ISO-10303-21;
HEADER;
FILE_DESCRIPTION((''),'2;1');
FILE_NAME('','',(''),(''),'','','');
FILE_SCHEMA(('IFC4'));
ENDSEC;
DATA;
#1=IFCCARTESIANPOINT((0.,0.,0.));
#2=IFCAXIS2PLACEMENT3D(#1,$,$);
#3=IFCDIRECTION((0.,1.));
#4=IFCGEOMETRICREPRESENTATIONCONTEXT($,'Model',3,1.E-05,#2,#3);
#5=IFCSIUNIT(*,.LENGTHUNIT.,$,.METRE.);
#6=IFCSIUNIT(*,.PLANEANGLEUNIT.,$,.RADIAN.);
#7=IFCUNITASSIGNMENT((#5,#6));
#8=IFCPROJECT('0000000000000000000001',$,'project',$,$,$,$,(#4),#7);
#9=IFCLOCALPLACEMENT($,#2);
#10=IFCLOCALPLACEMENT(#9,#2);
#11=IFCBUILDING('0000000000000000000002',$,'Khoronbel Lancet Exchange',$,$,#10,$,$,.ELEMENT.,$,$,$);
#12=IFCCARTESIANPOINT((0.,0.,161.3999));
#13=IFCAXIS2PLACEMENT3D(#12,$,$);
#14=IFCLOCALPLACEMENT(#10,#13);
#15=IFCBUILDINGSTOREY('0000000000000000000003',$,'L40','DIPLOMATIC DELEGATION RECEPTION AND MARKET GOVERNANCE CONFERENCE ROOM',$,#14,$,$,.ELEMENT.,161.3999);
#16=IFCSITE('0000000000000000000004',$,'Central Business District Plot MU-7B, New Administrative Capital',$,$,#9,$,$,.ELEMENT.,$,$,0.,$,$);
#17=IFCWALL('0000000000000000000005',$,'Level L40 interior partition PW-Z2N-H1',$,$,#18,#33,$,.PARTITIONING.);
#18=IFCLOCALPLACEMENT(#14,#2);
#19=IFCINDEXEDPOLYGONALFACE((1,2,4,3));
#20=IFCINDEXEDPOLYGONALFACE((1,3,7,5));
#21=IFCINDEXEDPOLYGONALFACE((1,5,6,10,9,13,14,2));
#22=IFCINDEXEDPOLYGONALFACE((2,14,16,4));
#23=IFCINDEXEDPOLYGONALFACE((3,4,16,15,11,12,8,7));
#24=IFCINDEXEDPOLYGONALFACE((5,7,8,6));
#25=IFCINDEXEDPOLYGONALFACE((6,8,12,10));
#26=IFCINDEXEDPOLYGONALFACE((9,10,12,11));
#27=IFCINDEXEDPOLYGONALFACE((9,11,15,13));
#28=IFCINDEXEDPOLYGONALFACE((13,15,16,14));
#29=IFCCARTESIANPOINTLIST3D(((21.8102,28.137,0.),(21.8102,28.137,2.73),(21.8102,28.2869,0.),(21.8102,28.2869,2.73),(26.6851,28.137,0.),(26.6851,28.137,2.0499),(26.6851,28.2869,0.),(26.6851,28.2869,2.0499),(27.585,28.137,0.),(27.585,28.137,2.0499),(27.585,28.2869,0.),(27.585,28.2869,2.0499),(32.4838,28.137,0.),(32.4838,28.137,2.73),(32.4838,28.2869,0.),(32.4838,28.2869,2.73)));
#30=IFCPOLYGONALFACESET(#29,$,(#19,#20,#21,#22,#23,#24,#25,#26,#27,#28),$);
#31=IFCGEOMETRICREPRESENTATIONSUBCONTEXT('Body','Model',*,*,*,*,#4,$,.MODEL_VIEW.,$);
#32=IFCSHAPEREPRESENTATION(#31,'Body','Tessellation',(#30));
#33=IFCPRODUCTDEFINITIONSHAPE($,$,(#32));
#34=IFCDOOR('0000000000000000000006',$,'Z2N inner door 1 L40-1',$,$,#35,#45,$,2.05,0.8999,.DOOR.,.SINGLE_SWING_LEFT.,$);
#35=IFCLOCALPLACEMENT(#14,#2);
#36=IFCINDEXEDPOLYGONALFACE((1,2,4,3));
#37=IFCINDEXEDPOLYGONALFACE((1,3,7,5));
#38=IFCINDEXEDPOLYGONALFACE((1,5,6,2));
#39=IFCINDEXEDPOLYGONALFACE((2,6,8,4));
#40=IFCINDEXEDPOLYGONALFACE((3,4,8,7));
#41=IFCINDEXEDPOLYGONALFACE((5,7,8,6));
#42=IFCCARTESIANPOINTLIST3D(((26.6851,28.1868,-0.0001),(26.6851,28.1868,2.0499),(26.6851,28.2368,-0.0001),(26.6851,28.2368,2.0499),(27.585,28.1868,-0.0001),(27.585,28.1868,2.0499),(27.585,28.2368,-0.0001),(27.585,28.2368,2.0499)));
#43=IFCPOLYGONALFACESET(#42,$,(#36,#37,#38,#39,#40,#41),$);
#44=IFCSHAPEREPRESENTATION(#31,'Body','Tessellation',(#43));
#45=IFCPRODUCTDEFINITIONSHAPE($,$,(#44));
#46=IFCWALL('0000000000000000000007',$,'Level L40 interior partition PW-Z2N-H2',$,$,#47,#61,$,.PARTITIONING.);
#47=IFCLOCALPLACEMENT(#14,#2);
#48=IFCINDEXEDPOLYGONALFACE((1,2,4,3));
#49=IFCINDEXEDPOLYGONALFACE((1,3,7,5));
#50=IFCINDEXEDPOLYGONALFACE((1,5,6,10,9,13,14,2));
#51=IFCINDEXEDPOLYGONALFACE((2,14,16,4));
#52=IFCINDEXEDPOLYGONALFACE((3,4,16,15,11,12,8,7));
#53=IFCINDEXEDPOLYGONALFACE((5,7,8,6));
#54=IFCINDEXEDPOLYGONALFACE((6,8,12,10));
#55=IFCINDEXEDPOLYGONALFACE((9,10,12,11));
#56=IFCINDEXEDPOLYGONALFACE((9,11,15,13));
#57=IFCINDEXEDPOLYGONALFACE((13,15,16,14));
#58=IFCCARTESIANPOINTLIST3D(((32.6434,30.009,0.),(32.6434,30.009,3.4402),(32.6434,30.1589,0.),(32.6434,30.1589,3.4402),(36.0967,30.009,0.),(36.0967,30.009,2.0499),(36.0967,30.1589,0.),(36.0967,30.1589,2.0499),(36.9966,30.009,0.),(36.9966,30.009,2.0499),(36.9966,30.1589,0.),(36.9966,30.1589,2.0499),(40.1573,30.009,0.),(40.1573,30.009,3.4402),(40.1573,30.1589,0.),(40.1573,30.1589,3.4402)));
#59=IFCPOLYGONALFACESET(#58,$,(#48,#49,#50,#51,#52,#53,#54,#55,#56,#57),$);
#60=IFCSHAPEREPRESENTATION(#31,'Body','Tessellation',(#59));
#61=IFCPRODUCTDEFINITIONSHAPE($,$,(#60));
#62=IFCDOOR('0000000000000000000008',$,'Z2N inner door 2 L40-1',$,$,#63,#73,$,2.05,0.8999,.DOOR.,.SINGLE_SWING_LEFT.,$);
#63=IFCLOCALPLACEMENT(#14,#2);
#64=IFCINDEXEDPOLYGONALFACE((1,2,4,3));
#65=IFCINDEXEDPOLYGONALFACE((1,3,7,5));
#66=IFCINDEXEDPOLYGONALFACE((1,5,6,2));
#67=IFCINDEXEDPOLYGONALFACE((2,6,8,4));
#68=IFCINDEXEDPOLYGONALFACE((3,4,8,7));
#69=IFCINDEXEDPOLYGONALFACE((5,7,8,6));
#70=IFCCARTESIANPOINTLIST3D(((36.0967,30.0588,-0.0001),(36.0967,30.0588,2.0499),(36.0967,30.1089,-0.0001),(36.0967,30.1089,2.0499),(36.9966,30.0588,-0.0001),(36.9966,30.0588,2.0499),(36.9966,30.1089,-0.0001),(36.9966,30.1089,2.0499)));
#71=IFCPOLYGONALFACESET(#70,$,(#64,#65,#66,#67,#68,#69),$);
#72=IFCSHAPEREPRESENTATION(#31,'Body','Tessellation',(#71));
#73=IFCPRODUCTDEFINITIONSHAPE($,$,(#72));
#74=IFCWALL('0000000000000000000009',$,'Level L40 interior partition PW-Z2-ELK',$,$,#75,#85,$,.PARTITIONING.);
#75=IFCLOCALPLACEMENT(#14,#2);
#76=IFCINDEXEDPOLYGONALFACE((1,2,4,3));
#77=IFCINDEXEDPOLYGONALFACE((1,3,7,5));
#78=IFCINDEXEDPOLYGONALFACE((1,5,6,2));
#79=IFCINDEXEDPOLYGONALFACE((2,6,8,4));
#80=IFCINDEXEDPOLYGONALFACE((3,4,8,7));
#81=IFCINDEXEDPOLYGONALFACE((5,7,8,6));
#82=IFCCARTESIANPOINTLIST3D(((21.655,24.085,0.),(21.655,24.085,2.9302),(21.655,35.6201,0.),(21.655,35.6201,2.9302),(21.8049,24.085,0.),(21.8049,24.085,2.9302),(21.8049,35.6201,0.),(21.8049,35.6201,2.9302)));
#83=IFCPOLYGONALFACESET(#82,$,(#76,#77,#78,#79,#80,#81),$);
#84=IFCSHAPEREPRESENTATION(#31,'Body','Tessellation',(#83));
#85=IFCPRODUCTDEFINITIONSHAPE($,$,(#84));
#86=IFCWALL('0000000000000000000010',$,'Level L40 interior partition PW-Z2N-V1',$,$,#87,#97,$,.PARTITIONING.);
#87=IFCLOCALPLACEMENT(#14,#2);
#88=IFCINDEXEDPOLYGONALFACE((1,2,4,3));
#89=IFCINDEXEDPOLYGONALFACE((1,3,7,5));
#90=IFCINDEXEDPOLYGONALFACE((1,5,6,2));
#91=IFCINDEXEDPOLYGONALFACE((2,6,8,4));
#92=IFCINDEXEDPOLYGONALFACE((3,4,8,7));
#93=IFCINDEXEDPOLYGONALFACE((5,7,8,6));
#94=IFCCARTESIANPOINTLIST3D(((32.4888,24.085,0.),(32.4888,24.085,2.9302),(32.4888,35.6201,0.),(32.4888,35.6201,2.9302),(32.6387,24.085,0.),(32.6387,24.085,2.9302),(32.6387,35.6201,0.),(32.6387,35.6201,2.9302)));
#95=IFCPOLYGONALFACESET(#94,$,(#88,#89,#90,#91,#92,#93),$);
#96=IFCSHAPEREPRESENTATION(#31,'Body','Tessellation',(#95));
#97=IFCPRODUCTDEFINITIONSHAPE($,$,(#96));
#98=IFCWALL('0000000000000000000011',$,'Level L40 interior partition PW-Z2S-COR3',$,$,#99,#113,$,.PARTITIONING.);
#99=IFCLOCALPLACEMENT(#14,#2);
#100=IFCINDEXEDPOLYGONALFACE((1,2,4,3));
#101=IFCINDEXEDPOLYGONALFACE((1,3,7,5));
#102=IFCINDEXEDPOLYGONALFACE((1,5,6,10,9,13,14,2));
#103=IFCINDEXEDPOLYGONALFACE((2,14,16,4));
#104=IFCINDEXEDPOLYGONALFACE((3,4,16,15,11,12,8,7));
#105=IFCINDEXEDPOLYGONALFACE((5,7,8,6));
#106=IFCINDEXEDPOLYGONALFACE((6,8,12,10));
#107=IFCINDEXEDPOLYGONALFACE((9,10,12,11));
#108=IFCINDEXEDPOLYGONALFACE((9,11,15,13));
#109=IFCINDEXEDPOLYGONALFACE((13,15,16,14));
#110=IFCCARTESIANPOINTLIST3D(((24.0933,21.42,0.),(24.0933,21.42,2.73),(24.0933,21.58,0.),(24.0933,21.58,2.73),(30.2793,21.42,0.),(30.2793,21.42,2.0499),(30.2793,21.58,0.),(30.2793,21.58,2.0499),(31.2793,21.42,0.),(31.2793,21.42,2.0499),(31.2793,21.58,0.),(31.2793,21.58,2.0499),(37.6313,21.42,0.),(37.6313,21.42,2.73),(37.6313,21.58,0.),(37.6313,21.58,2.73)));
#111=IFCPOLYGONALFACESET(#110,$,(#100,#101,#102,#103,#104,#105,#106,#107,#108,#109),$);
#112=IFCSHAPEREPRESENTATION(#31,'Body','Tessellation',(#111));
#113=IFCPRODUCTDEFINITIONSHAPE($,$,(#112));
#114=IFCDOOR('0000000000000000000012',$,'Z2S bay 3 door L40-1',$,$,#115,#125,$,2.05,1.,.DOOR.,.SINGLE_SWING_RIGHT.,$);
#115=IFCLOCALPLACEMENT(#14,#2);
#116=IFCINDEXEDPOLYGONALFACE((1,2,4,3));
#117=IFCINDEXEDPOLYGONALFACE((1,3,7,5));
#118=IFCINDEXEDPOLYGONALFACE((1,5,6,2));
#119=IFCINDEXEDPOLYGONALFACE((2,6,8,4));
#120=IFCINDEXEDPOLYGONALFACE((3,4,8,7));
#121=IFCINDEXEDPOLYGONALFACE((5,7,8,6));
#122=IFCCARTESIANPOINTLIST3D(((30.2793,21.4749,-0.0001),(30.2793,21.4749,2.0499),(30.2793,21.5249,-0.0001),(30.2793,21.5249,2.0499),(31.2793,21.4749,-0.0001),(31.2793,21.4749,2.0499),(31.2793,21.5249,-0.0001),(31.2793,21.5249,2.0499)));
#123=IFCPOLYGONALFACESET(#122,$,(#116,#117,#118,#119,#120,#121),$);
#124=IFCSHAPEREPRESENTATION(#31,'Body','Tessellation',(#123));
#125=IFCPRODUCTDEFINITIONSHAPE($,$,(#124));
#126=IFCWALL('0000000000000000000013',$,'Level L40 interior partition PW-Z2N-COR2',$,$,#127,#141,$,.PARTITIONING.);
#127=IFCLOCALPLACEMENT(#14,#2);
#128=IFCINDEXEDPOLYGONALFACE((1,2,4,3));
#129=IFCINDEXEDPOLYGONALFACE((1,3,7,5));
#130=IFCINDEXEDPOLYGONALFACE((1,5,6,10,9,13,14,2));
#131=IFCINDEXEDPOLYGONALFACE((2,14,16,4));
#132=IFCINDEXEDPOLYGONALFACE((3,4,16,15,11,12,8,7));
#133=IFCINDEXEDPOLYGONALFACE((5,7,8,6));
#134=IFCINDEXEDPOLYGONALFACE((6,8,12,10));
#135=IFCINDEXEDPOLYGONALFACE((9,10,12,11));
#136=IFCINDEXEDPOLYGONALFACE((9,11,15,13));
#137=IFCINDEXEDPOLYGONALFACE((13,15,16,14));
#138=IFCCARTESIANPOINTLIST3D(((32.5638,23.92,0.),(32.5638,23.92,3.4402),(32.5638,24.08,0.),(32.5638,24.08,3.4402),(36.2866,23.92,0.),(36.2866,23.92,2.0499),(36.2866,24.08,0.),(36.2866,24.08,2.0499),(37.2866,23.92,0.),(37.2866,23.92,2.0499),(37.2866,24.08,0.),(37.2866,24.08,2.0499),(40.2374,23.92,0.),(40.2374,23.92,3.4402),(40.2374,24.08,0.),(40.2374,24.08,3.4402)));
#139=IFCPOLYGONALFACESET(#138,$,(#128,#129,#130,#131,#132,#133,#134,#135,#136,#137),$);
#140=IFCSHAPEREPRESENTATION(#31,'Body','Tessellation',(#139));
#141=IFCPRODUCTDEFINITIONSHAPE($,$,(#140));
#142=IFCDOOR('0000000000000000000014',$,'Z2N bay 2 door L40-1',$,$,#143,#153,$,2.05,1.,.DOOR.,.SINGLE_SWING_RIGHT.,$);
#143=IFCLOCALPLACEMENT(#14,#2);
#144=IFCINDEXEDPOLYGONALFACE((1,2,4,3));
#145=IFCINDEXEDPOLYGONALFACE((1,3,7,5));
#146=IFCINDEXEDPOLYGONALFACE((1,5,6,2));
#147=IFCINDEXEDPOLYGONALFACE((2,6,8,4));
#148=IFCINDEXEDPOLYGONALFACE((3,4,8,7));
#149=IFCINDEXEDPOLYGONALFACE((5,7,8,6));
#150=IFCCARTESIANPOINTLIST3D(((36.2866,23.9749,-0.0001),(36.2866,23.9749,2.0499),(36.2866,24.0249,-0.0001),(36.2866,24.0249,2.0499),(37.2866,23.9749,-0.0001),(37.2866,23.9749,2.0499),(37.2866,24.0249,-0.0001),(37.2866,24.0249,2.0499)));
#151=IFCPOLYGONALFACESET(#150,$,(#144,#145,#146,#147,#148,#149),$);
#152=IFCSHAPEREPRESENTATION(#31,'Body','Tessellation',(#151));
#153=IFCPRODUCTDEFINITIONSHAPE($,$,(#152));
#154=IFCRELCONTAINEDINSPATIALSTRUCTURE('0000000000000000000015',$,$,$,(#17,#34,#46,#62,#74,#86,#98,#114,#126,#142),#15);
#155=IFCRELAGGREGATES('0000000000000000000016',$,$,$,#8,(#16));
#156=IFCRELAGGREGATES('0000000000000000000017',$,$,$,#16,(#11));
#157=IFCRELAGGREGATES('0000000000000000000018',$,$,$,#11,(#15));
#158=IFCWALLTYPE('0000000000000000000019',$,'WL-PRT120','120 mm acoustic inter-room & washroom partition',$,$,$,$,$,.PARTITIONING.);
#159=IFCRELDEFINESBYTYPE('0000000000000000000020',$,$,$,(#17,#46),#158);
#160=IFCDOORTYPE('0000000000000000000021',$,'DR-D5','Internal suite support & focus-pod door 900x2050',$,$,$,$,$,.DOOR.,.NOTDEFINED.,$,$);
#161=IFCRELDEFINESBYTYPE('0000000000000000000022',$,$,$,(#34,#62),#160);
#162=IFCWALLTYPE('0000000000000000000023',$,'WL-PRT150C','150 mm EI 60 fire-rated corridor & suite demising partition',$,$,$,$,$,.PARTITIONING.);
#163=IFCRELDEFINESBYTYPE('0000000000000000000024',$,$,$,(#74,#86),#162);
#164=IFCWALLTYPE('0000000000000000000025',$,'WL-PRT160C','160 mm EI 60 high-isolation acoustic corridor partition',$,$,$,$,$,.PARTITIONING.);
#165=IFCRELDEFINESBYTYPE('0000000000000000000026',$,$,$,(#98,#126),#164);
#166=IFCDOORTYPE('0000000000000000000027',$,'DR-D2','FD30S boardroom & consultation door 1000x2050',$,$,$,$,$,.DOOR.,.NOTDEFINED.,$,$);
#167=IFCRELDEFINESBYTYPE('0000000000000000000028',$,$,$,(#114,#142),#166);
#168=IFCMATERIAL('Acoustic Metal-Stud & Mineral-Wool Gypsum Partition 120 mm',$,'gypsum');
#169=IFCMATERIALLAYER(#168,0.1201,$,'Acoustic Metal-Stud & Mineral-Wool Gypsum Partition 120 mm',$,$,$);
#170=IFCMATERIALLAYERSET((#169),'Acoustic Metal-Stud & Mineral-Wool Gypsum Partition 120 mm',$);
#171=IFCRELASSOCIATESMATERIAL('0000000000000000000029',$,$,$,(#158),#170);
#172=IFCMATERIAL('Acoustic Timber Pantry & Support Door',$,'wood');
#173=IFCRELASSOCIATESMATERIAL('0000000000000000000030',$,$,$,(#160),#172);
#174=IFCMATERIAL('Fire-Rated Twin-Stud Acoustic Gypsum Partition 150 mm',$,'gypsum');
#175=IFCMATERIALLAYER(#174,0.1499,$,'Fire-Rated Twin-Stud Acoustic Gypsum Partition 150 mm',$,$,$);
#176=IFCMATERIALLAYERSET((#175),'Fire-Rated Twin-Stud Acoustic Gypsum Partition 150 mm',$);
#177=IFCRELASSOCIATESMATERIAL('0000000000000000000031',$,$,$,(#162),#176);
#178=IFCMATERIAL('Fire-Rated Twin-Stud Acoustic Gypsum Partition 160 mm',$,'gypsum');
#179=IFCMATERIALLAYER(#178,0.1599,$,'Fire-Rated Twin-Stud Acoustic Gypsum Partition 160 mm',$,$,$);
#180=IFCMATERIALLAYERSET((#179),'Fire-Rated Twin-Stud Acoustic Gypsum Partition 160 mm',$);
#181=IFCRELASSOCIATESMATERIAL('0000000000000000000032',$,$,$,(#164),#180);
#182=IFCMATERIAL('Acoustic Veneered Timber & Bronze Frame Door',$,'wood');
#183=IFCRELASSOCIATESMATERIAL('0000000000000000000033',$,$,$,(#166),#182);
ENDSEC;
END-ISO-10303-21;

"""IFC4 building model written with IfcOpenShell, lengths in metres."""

from ifc_helpers import new_model, si_unit, direction, frame, frame_2d, origin, place, context, subcontext, project, spatial, rectangle, extrude, material, layer, layer_set, type_object, element, fill, save


model = new_model("IFC4")

# Units and contexts
model_context = context("Model", 3, precision=1e-05, world=origin(), true_north=direction((0.0, 1.0)))
body_context = subcontext(model_context, "Body", "Model", "MODEL_VIEW")
ifc_project = project(units=[si_unit("LENGTHUNIT", "METRE"), si_unit("PLANEANGLEUNIT", "RADIAN")], contexts=[model_context])

# Site, building, storey
site_placement = place(None, origin())
site = spatial("IfcSite", under=ifc_project, at=site_placement, Name="Central Business District Plot MU-7B, New Administrative Capital", CompositionType="ELEMENT", RefElevation=0.0)
building_placement = place(site_placement, origin())
building = spatial("IfcBuilding", under=site, at=building_placement, Name="Khoronbel Lancet Exchange", CompositionType="ELEMENT")
storey_placement = place(building_placement, frame((0.0, 0.0, 161.3999)))
storey = spatial("IfcBuildingStorey", under=building, at=storey_placement, Name="L40", Description="DIPLOMATIC DELEGATION RECEPTION AND MARKET GOVERNANCE CONFERENCE ROOM", CompositionType="ELEMENT", Elevation=161.3999)

# Walls, openings, doors
ifc_material_1 = material(Name="Acoustic Metal-Stud & Mineral-Wool Gypsum Partition 120 mm", Category="gypsum")
ifc_layer_1 = layer(ifc_material_1, 0.1201, Name="Acoustic Metal-Stud & Mineral-Wool Gypsum Partition 120 mm")
ifc_layer_set_1 = layer_set([ifc_layer_1], Name="Acoustic Metal-Stud & Mineral-Wool Gypsum Partition 120 mm")
wall_type_1 = type_object("IfcWallType", Name="WL-PRT120", Description="120 mm acoustic inter-room & washroom partition", PredefinedType="PARTITIONING", material=ifc_layer_set_1)
ifc_material_2 = material(Name="Acoustic Timber Pantry & Support Door", Category="wood")
door_type_1 = type_object("IfcDoorType", Name="DR-D5", Description="Internal suite support & focus-pod door 900x2050", OperationType="NOTDEFINED", PredefinedType="DOOR", material=ifc_material_2)
wall_1_placement = place(storey_placement, frame((21.8101, 28.2119, 0.0), z_axis=(0.0, 0.0, 1.0), x_axis=(1.0, 0.0, 0.0)))
wall_1 = element("IfcWall", 1, at=wall_1_placement, inside=storey, type_object=wall_type_1, Name="Level L40 interior partition PW-Z2N-H1", PredefinedType="PARTITIONING", context=body_context, shape_type="SweptSolid", body=[
    extrude(rectangle(XDim=10.6736, YDim=0.1499, at=frame_2d((5.3369, 0.0))), origin(), (0.0, 0.0, 1.0), 2.73),
])
opening_1_placement = place(wall_1_placement, frame((4.875, 0.0, 0.0)))
opening_1 = element("IfcOpeningElement", 2, at=opening_1_placement, cuts=wall_1, PredefinedType="OPENING", context=body_context, shape_type="SweptSolid", body=[
    extrude(rectangle(XDim=0.8999, YDim=2.05, at=frame_2d((0.45, 1.0249))), frame((0.0, 0.085, 0.0), z_axis=(0.0, -1.0, 0.0), x_axis=(1.0, 0.0, 0.0)), (0.0, 0.0, 1.0), 0.1699),
])
door_1_placement = place(opening_1_placement, origin())
door_1 = element("IfcDoor", 3, at=door_1_placement, inside=storey, type_object=door_type_1, Name="Z2N inner door 1 L40-1", OperationType="SINGLE_SWING_LEFT", OverallHeight=2.05, OverallWidth=0.8999, PredefinedType="DOOR", context=body_context, shape_type="SweptSolid", body=[
    extrude(rectangle(XDim=0.8999, YDim=2.05, at=frame_2d((0.45, 1.0249))), frame((0.0, 0.0249, 0.0), z_axis=(0.0, -1.0, 0.0), x_axis=(1.0, 0.0, 0.0)), (0.0, 0.0, 1.0), 0.05),
])
fill(opening_1, door_1)
wall_2_placement = place(storey_placement, frame((32.6436, 30.084, 0.0), z_axis=(0.0, 0.0, 1.0), x_axis=(1.0, 0.0, 0.0)))
wall_2 = element("IfcWall", 4, at=wall_2_placement, inside=storey, type_object=wall_type_1, Name="Level L40 interior partition PW-Z2N-H2", PredefinedType="PARTITIONING", context=body_context, shape_type="SweptSolid", body=[
    extrude(rectangle(XDim=7.5139, YDim=0.1499, at=frame_2d((3.7568, 0.0))), origin(), (0.0, 0.0, 1.0), 3.4402),
])
opening_2_placement = place(wall_2_placement, frame((3.4531, 0.0, 0.0)))
opening_2 = element("IfcOpeningElement", 5, at=opening_2_placement, cuts=wall_2, PredefinedType="OPENING", context=body_context, shape_type="SweptSolid", body=[
    extrude(rectangle(XDim=0.8999, YDim=2.05, at=frame_2d((0.45, 1.0249))), frame((0.0, 0.085, 0.0), z_axis=(0.0, -1.0, 0.0), x_axis=(1.0, 0.0, 0.0)), (0.0, 0.0, 1.0), 0.1699),
])
door_2_placement = place(opening_2_placement, origin())
door_2 = element("IfcDoor", 6, at=door_2_placement, inside=storey, type_object=door_type_1, Name="Z2N inner door 2 L40-1", OperationType="SINGLE_SWING_LEFT", OverallHeight=2.05, OverallWidth=0.8999, PredefinedType="DOOR", context=body_context, shape_type="SweptSolid", body=[
    extrude(rectangle(XDim=0.8999, YDim=2.05, at=frame_2d((0.45, 1.0249))), frame((0.0, 0.0249, 0.0), z_axis=(0.0, -1.0, 0.0), x_axis=(1.0, 0.0, 0.0)), (0.0, 0.0, 1.0), 0.05),
])
fill(opening_2, door_2)

# Walls
ifc_material_3 = material(Name="Fire-Rated Twin-Stud Acoustic Gypsum Partition 150 mm", Category="gypsum")
ifc_layer_2 = layer(ifc_material_3, 0.1499, Name="Fire-Rated Twin-Stud Acoustic Gypsum Partition 150 mm")
ifc_layer_set_2 = layer_set([ifc_layer_2], Name="Fire-Rated Twin-Stud Acoustic Gypsum Partition 150 mm")
wall_type_2 = type_object("IfcWallType", Name="WL-PRT150C", Description="150 mm EI 60 fire-rated corridor & suite demising partition", PredefinedType="PARTITIONING", material=ifc_layer_set_2)
for number, where, z_axis, x_axis, name in (
    (7, (21.73, 24.085, 0.0), (0.0, 0.0, 1.0), (0.0, 1.0, 0.0), "Level L40 interior partition PW-Z2-ELK"),
    (8, (32.5637, 24.085, 0.0), (0.0, 0.0, 1.0), (0.0, 1.0, 0.0), "Level L40 interior partition PW-Z2N-V1"),
):
    element("IfcWall", number, at=place(storey_placement, frame(where, z_axis=z_axis, x_axis=x_axis)), inside=storey, type_object=wall_type_2, Name=name, PredefinedType="PARTITIONING", context=body_context, shape_type="SweptSolid", body=[
        extrude(rectangle(XDim=11.5352, YDim=0.1499, at=frame_2d((5.7676, 0.0))), origin(), (0.0, 0.0, 1.0), 2.9302),
    ])

# Walls, openings, doors
ifc_material_4 = material(Name="Fire-Rated Twin-Stud Acoustic Gypsum Partition 160 mm", Category="gypsum")
ifc_layer_3 = layer(ifc_material_4, 0.1599, Name="Fire-Rated Twin-Stud Acoustic Gypsum Partition 160 mm")
ifc_layer_set_3 = layer_set([ifc_layer_3], Name="Fire-Rated Twin-Stud Acoustic Gypsum Partition 160 mm")
wall_type_3 = type_object("IfcWallType", Name="WL-PRT160C", Description="160 mm EI 60 high-isolation acoustic corridor partition", PredefinedType="PARTITIONING", material=ifc_layer_set_3)
wall_3_placement = place(storey_placement, frame((24.0933, 21.5, 0.0), z_axis=(0.0, 0.0, 1.0), x_axis=(1.0, 0.0, 0.0)))
wall_3 = element("IfcWall", 9, at=wall_3_placement, inside=storey, type_object=wall_type_3, Name="Level L40 interior partition PW-Z2S-COR3", PredefinedType="PARTITIONING", context=body_context, shape_type="SweptSolid", body=[
    extrude(rectangle(XDim=13.5381, YDim=0.1599, at=frame_2d((6.769, 0.0))), origin(), (0.0, 0.0, 1.0), 2.73),
])
opening_3_placement = place(wall_3_placement, frame((6.186, 0.0, 0.0)))
opening_3 = element("IfcOpeningElement", 10, at=opening_3_placement, cuts=wall_3, PredefinedType="OPENING", context=body_context, shape_type="SweptSolid", body=[
    extrude(rectangle(XDim=1.0, YDim=2.05, at=frame_2d((0.5, 1.0249))), frame((0.0, 0.0898, 0.0), z_axis=(0.0, -1.0, 0.0), x_axis=(1.0, 0.0, 0.0)), (0.0, 0.0, 1.0), 0.1799),
])
ifc_material_5 = material(Name="Acoustic Veneered Timber & Bronze Frame Door", Category="wood")
door_type_2 = type_object("IfcDoorType", Name="DR-D2", Description="FD30S boardroom & consultation door 1000x2050", OperationType="NOTDEFINED", PredefinedType="DOOR", material=ifc_material_5)
door_3_placement = place(opening_3_placement, origin())
door_3 = element("IfcDoor", 11, at=door_3_placement, inside=storey, type_object=door_type_2, Name="Z2S bay 3 door L40-1", OperationType="SINGLE_SWING_RIGHT", OverallHeight=2.05, OverallWidth=1.0, PredefinedType="DOOR", context=body_context, shape_type="SweptSolid", body=[
    extrude(rectangle(XDim=1.0, YDim=2.05, at=frame_2d((0.5, 1.0249))), frame((0.0, 0.0249, 0.0), z_axis=(0.0, -1.0, 0.0), x_axis=(1.0, 0.0, 0.0)), (0.0, 0.0, 1.0), 0.05),
])
fill(opening_3, door_3)
wall_4_placement = place(storey_placement, frame((32.5637, 24.0, 0.0), z_axis=(0.0, 0.0, 1.0), x_axis=(1.0, 0.0, 0.0)))
wall_4 = element("IfcWall", 12, at=wall_4_placement, inside=storey, type_object=wall_type_3, Name="Level L40 interior partition PW-Z2N-COR2", PredefinedType="PARTITIONING", context=body_context, shape_type="SweptSolid", body=[
    extrude(rectangle(XDim=7.6736, YDim=0.1599, at=frame_2d((3.8369, 0.0))), origin(), (0.0, 0.0, 1.0), 3.4402),
])
opening_4_placement = place(wall_4_placement, frame((3.7229, 0.0, 0.0)))
opening_4 = element("IfcOpeningElement", 13, at=opening_4_placement, cuts=wall_4, PredefinedType="OPENING", context=body_context, shape_type="SweptSolid", body=[
    extrude(rectangle(XDim=1.0, YDim=2.05, at=frame_2d((0.5, 1.0249))), frame((0.0, 0.0898, 0.0), z_axis=(0.0, -1.0, 0.0), x_axis=(1.0, 0.0, 0.0)), (0.0, 0.0, 1.0), 0.1799),
])
door_4_placement = place(opening_4_placement, origin())
door_4 = element("IfcDoor", 14, at=door_4_placement, inside=storey, type_object=door_type_2, Name="Z2N bay 2 door L40-1", OperationType="SINGLE_SWING_RIGHT", OverallHeight=2.05, OverallWidth=1.0, PredefinedType="DOOR", context=body_context, shape_type="SweptSolid", body=[
    extrude(rectangle(XDim=1.0, YDim=2.05, at=frame_2d((0.5, 1.0249))), frame((0.0, 0.0249, 0.0), z_axis=(0.0, -1.0, 0.0), x_axis=(1.0, 0.0, 0.0)), (0.0, 0.0, 1.0), 0.05),
])
fill(opening_4, door_4)

save(model, "model.ifc")
